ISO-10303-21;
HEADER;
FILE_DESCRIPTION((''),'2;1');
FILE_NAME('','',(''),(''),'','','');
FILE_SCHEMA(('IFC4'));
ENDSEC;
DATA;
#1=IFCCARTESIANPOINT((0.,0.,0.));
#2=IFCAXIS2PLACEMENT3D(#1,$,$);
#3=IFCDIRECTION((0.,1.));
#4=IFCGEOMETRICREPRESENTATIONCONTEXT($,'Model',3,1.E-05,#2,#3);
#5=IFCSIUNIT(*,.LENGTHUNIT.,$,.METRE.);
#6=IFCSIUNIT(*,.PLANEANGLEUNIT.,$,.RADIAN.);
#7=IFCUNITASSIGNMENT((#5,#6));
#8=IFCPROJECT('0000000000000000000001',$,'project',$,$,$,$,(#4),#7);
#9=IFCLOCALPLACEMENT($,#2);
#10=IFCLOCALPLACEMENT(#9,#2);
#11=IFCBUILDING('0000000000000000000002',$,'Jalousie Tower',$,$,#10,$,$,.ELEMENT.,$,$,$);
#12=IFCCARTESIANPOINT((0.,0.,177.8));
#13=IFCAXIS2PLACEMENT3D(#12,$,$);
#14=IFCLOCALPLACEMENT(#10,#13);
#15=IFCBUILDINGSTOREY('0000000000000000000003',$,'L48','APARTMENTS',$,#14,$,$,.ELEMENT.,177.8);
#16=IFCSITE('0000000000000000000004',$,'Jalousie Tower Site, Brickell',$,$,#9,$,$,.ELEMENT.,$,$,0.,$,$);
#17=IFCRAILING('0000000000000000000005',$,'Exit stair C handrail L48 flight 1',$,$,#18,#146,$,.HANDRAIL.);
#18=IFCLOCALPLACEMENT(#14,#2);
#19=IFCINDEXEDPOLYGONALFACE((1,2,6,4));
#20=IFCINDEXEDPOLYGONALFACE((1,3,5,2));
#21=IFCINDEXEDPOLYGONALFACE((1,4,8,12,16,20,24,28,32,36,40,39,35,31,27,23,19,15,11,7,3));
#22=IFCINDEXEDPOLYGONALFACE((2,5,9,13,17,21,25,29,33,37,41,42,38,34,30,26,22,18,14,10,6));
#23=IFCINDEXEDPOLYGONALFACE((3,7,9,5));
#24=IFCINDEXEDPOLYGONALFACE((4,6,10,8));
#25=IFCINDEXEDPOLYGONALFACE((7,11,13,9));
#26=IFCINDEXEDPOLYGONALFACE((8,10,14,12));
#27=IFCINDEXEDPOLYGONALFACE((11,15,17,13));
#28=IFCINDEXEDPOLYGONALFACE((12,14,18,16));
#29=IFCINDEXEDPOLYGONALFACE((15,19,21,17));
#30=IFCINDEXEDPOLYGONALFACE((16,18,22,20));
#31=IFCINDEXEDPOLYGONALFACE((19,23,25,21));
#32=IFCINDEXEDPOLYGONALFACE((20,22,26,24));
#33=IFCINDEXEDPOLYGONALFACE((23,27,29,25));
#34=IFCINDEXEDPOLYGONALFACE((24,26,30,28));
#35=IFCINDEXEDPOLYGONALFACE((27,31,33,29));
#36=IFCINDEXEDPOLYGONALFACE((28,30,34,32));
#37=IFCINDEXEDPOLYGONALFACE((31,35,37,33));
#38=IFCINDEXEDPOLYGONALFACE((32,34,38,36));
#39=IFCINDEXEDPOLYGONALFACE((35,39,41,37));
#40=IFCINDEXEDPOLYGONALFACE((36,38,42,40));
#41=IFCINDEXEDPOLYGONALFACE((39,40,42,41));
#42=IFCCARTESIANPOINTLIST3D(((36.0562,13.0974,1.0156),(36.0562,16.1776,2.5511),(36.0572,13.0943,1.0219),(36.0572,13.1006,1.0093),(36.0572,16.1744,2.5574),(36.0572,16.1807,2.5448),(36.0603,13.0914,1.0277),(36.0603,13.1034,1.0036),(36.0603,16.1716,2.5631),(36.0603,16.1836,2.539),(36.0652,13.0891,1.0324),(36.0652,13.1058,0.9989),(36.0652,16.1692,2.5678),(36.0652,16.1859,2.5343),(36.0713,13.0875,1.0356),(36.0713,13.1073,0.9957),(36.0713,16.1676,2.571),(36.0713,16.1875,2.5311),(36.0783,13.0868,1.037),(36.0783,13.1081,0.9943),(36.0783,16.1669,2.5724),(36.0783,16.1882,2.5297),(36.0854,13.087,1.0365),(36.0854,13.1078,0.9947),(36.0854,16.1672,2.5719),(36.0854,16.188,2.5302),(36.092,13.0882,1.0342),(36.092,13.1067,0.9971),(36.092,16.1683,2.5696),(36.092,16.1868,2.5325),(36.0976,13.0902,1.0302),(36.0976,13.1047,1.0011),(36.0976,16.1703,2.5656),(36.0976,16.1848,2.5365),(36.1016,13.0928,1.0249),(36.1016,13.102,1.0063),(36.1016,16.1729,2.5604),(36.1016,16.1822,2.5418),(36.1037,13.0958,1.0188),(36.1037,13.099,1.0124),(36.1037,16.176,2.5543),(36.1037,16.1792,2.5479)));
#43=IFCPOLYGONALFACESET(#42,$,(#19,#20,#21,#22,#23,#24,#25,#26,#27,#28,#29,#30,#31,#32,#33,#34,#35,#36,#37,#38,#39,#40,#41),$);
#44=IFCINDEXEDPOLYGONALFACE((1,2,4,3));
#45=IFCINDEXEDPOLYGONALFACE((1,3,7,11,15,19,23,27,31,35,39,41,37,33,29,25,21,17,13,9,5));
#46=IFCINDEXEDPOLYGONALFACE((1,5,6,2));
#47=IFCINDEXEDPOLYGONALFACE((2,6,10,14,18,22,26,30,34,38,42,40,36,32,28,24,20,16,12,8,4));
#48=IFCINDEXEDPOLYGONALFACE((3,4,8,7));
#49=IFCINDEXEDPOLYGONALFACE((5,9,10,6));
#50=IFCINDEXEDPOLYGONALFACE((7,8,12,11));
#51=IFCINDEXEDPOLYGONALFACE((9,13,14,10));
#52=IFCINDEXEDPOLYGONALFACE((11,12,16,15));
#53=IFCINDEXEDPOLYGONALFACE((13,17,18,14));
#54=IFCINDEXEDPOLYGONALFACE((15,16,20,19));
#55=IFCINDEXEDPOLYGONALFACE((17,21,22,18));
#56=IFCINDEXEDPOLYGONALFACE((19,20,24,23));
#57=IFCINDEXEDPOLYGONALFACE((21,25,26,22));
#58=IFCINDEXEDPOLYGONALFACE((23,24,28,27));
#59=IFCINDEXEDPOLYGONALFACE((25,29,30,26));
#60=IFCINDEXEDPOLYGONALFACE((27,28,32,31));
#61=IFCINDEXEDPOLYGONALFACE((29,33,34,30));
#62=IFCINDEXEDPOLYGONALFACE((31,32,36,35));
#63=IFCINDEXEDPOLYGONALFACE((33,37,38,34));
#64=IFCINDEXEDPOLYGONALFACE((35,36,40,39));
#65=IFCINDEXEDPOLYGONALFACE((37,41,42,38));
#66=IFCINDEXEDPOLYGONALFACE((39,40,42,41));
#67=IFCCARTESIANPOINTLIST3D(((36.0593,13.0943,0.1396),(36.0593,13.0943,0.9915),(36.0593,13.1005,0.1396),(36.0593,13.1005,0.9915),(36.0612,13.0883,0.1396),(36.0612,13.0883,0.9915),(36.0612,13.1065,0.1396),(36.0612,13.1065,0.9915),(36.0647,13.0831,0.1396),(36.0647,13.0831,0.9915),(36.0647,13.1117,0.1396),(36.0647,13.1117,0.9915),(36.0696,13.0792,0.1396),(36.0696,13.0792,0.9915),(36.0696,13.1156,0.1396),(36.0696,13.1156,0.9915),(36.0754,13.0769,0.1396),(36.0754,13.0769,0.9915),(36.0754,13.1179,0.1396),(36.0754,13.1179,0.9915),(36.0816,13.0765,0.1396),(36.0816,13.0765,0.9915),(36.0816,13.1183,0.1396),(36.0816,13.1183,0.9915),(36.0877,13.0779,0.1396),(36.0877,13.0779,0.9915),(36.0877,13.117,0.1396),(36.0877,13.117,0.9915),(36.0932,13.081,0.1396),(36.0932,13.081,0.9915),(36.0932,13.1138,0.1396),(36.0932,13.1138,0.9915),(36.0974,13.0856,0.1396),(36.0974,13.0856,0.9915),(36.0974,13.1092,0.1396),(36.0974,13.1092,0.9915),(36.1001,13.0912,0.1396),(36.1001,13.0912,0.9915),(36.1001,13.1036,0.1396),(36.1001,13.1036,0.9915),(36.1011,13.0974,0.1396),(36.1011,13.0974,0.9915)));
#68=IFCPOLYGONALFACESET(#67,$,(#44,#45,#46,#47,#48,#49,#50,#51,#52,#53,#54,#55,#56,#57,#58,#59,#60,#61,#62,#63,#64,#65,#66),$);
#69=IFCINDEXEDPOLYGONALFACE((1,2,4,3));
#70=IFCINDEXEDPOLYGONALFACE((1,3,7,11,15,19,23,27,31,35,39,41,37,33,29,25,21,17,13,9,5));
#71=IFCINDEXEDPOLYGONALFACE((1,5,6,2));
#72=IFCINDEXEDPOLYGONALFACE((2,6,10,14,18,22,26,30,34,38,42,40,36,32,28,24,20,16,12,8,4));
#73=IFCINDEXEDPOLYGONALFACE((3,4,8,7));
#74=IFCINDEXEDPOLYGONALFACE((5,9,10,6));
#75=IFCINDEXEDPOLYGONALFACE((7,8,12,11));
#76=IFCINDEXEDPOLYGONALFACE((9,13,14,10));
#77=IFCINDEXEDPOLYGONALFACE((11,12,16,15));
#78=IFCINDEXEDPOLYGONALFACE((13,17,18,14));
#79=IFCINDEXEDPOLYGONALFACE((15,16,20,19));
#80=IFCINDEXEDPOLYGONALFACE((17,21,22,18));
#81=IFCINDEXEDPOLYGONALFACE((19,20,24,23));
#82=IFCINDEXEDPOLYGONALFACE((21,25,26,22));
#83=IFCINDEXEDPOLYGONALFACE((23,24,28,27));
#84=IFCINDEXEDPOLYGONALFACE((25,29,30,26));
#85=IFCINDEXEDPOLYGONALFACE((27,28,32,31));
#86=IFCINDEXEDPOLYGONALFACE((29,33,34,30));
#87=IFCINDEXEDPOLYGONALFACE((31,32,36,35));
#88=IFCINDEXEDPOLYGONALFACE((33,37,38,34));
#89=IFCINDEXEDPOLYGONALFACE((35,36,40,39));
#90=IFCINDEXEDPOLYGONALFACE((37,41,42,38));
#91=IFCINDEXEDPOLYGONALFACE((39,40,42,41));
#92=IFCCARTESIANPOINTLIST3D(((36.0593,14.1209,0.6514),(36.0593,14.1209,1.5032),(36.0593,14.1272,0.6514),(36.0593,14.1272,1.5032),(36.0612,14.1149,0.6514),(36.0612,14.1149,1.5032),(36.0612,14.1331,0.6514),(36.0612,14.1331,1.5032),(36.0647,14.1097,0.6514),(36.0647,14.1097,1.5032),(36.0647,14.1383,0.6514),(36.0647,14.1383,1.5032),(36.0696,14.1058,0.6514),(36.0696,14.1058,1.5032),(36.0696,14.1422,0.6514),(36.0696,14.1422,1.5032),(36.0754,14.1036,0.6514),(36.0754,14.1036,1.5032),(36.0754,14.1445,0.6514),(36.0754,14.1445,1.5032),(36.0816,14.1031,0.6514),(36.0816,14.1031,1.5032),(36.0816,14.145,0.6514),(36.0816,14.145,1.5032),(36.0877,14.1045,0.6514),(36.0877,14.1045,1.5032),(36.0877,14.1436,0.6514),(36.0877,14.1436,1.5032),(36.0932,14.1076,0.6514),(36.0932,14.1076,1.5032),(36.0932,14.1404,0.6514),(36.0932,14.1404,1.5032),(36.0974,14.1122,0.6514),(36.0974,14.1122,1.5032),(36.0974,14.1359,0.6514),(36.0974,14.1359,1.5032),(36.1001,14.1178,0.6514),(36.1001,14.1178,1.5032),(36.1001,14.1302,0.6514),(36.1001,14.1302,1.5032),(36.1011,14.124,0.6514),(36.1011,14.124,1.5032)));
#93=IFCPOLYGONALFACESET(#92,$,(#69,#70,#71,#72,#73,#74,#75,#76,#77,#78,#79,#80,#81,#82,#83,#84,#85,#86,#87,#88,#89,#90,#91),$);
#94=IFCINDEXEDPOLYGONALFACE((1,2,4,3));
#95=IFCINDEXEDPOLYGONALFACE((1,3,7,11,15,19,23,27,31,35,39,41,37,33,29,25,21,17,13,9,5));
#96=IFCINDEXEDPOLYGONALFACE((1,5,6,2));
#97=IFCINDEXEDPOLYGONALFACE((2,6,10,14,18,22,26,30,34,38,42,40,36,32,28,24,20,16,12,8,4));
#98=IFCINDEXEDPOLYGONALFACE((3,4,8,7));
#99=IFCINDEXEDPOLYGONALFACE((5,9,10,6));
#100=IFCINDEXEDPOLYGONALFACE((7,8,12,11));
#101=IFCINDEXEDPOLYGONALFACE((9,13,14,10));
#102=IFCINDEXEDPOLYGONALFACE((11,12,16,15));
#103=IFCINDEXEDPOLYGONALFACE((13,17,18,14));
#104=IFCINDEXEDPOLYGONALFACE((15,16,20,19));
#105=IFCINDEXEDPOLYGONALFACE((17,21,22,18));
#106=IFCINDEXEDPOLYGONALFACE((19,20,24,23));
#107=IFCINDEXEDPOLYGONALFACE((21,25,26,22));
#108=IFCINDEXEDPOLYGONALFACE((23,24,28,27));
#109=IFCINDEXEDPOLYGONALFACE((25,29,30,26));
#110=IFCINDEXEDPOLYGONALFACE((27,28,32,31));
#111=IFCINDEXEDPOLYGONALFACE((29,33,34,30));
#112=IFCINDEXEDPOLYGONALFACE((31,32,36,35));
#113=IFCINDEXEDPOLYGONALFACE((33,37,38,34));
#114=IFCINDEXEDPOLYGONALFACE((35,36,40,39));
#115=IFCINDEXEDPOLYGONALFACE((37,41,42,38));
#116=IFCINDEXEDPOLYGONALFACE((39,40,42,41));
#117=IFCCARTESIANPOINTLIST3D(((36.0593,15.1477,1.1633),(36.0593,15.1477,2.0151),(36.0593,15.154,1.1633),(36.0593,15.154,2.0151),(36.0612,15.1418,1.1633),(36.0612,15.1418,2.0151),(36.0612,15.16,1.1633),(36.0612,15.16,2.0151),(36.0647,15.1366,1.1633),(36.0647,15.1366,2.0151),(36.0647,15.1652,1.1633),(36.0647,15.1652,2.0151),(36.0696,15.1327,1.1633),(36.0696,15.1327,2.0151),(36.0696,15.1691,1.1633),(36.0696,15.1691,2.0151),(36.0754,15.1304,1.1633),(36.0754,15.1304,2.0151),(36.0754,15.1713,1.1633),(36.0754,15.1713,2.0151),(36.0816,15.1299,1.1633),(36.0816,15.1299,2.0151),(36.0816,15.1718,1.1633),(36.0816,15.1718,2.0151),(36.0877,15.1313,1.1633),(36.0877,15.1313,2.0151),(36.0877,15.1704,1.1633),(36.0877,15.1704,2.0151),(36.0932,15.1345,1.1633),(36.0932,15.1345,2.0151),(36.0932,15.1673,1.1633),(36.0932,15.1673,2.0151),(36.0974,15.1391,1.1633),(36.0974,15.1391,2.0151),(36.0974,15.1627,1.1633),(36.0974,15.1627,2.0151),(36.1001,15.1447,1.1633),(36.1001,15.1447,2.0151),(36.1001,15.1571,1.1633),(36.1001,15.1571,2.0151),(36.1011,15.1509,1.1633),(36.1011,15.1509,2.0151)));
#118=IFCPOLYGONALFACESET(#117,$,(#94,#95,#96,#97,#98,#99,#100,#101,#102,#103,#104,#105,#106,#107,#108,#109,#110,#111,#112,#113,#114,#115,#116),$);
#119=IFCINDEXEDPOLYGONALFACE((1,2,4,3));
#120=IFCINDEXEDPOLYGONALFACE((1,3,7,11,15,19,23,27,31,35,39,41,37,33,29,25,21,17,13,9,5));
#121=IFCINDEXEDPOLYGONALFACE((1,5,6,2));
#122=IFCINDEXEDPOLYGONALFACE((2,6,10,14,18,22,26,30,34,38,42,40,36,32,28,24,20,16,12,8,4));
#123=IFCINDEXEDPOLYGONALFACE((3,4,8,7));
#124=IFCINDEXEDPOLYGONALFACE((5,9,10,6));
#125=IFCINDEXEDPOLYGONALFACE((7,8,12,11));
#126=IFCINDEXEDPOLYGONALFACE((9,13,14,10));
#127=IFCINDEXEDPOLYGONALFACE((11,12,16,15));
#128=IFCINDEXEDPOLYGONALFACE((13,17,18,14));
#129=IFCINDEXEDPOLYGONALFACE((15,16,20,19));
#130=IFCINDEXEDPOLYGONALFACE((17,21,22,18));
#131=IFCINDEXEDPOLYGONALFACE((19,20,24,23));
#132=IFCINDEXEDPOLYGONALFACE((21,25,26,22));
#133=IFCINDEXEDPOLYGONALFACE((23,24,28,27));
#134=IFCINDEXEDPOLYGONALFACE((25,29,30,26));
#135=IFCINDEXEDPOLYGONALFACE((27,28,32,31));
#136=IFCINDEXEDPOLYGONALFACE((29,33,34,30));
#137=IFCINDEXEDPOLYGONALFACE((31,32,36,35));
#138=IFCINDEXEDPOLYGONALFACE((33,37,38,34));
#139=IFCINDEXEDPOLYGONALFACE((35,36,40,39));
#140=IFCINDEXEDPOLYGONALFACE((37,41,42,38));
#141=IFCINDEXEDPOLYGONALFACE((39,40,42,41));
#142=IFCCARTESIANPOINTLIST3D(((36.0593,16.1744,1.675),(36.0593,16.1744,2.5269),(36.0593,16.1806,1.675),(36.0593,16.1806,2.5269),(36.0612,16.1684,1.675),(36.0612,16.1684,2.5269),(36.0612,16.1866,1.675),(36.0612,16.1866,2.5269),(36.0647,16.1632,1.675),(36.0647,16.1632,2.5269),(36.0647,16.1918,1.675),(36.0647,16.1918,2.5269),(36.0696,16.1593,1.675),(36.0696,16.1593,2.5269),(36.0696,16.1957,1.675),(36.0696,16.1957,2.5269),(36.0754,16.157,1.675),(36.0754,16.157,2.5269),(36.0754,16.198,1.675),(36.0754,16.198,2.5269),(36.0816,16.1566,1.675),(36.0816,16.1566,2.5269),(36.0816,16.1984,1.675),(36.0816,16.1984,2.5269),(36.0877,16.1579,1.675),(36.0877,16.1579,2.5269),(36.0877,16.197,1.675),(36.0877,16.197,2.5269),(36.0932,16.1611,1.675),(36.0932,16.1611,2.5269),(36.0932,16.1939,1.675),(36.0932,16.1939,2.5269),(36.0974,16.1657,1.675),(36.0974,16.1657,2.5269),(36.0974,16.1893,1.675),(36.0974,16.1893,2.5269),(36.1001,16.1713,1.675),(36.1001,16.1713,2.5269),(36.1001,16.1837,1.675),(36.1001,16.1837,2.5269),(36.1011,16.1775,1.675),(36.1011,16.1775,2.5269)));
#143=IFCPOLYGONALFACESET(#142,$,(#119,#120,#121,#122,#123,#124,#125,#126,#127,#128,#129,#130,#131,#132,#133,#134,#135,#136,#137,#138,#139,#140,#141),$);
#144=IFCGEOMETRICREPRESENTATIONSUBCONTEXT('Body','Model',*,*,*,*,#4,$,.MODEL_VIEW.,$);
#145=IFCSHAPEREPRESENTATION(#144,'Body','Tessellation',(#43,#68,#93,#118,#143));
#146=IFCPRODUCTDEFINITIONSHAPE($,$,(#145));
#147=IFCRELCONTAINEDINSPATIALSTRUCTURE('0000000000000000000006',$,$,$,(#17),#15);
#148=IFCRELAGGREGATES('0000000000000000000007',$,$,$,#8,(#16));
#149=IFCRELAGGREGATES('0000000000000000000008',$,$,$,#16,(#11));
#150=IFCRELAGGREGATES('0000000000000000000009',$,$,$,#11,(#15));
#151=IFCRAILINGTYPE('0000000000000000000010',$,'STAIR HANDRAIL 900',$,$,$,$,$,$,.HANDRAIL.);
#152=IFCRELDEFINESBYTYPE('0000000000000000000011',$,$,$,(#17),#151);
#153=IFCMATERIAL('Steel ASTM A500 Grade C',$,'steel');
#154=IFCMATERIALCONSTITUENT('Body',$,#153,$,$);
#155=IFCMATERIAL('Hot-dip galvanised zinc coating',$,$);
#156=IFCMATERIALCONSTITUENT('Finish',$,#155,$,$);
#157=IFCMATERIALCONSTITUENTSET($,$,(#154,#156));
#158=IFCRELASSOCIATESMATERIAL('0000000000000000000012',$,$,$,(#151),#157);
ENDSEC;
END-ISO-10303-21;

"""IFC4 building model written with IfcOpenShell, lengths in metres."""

from ifc_helpers import new_model, si_unit, direction, frame, origin, origin_2d, place, context, subcontext, project, spatial, circle, extrude, material, constituent, constituent_set, type_object, element, save


model = new_model("IFC4")

# Units and contexts
model_context = context("Model", 3, precision=1e-05, world=origin(), true_north=direction((0.0, 1.0)))
body_context = subcontext(model_context, "Body", "Model", "MODEL_VIEW")
ifc_project = project(units=[si_unit("LENGTHUNIT", "METRE"), si_unit("PLANEANGLEUNIT", "RADIAN")], contexts=[model_context])

# Site, building, storey
site_placement = place(None, origin())
site = spatial("IfcSite", under=ifc_project, at=site_placement, Name="Jalousie Tower Site, Brickell", CompositionType="ELEMENT", RefElevation=0.0)
building_placement = place(site_placement, origin())
building = spatial("IfcBuilding", under=site, at=building_placement, Name="Jalousie Tower", CompositionType="ELEMENT")
storey_placement = place(building_placement, frame((0.0, 0.0, 177.8)))
storey = spatial("IfcBuildingStorey", under=building, at=storey_placement, Name="L48", Description="APARTMENTS", CompositionType="ELEMENT", Elevation=177.8)

# Railing
ifc_material_1 = material(Name="Steel ASTM A500 Grade C", Category="steel")
ifc_constituent_1 = constituent(ifc_material_1, Name="Body")
ifc_material_2 = material(Name="Hot-dip galvanised zinc coating")
ifc_constituent_2 = constituent(ifc_material_2, Name="Finish")
ifc_constituent_set_1 = constituent_set(constituents=[ifc_constituent_1, ifc_constituent_2])
railing_type_1 = type_object("IfcRailingType", Name="STAIR HANDRAIL 900", PredefinedType="HANDRAIL", material=ifc_constituent_set_1)
railing_1_placement = place(storey_placement, frame((36.0801, 13.0974, 0.1396)))
element("IfcRailing", 1, at=railing_1_placement, inside=storey, type_object=railing_type_1, Name="Exit stair C handrail L48 flight 1", PredefinedType="HANDRAIL", context=body_context, shape_type="SweptSolid", body=[
    extrude(circle(Radius=0.0239, at=origin_2d()), frame((0.0, 0.0, 0.876), z_axis=(0.0, 0.894966, 0.446135), x_axis=(-1.0, 0.0, 0.0)), (0.0, 0.0, 1.0), 3.4417),
    extrude(circle(Radius=0.021, at=origin_2d()), origin(), (0.0, 0.0, 1.0), 0.8518),
    extrude(circle(Radius=0.021, at=origin_2d()), frame((0.0, 1.0266, 0.5117)), (0.0, 0.0, 1.0), 0.8518),
    extrude(circle(Radius=0.021, at=origin_2d()), frame((0.0, 2.0535, 1.0237)), (0.0, 0.0, 1.0), 0.8518),
    extrude(circle(Radius=0.021, at=origin_2d()), frame((0.0, 3.0801, 1.5354)), (0.0, 0.0, 1.0), 0.8518),
])

save(model, "model.ifc")
